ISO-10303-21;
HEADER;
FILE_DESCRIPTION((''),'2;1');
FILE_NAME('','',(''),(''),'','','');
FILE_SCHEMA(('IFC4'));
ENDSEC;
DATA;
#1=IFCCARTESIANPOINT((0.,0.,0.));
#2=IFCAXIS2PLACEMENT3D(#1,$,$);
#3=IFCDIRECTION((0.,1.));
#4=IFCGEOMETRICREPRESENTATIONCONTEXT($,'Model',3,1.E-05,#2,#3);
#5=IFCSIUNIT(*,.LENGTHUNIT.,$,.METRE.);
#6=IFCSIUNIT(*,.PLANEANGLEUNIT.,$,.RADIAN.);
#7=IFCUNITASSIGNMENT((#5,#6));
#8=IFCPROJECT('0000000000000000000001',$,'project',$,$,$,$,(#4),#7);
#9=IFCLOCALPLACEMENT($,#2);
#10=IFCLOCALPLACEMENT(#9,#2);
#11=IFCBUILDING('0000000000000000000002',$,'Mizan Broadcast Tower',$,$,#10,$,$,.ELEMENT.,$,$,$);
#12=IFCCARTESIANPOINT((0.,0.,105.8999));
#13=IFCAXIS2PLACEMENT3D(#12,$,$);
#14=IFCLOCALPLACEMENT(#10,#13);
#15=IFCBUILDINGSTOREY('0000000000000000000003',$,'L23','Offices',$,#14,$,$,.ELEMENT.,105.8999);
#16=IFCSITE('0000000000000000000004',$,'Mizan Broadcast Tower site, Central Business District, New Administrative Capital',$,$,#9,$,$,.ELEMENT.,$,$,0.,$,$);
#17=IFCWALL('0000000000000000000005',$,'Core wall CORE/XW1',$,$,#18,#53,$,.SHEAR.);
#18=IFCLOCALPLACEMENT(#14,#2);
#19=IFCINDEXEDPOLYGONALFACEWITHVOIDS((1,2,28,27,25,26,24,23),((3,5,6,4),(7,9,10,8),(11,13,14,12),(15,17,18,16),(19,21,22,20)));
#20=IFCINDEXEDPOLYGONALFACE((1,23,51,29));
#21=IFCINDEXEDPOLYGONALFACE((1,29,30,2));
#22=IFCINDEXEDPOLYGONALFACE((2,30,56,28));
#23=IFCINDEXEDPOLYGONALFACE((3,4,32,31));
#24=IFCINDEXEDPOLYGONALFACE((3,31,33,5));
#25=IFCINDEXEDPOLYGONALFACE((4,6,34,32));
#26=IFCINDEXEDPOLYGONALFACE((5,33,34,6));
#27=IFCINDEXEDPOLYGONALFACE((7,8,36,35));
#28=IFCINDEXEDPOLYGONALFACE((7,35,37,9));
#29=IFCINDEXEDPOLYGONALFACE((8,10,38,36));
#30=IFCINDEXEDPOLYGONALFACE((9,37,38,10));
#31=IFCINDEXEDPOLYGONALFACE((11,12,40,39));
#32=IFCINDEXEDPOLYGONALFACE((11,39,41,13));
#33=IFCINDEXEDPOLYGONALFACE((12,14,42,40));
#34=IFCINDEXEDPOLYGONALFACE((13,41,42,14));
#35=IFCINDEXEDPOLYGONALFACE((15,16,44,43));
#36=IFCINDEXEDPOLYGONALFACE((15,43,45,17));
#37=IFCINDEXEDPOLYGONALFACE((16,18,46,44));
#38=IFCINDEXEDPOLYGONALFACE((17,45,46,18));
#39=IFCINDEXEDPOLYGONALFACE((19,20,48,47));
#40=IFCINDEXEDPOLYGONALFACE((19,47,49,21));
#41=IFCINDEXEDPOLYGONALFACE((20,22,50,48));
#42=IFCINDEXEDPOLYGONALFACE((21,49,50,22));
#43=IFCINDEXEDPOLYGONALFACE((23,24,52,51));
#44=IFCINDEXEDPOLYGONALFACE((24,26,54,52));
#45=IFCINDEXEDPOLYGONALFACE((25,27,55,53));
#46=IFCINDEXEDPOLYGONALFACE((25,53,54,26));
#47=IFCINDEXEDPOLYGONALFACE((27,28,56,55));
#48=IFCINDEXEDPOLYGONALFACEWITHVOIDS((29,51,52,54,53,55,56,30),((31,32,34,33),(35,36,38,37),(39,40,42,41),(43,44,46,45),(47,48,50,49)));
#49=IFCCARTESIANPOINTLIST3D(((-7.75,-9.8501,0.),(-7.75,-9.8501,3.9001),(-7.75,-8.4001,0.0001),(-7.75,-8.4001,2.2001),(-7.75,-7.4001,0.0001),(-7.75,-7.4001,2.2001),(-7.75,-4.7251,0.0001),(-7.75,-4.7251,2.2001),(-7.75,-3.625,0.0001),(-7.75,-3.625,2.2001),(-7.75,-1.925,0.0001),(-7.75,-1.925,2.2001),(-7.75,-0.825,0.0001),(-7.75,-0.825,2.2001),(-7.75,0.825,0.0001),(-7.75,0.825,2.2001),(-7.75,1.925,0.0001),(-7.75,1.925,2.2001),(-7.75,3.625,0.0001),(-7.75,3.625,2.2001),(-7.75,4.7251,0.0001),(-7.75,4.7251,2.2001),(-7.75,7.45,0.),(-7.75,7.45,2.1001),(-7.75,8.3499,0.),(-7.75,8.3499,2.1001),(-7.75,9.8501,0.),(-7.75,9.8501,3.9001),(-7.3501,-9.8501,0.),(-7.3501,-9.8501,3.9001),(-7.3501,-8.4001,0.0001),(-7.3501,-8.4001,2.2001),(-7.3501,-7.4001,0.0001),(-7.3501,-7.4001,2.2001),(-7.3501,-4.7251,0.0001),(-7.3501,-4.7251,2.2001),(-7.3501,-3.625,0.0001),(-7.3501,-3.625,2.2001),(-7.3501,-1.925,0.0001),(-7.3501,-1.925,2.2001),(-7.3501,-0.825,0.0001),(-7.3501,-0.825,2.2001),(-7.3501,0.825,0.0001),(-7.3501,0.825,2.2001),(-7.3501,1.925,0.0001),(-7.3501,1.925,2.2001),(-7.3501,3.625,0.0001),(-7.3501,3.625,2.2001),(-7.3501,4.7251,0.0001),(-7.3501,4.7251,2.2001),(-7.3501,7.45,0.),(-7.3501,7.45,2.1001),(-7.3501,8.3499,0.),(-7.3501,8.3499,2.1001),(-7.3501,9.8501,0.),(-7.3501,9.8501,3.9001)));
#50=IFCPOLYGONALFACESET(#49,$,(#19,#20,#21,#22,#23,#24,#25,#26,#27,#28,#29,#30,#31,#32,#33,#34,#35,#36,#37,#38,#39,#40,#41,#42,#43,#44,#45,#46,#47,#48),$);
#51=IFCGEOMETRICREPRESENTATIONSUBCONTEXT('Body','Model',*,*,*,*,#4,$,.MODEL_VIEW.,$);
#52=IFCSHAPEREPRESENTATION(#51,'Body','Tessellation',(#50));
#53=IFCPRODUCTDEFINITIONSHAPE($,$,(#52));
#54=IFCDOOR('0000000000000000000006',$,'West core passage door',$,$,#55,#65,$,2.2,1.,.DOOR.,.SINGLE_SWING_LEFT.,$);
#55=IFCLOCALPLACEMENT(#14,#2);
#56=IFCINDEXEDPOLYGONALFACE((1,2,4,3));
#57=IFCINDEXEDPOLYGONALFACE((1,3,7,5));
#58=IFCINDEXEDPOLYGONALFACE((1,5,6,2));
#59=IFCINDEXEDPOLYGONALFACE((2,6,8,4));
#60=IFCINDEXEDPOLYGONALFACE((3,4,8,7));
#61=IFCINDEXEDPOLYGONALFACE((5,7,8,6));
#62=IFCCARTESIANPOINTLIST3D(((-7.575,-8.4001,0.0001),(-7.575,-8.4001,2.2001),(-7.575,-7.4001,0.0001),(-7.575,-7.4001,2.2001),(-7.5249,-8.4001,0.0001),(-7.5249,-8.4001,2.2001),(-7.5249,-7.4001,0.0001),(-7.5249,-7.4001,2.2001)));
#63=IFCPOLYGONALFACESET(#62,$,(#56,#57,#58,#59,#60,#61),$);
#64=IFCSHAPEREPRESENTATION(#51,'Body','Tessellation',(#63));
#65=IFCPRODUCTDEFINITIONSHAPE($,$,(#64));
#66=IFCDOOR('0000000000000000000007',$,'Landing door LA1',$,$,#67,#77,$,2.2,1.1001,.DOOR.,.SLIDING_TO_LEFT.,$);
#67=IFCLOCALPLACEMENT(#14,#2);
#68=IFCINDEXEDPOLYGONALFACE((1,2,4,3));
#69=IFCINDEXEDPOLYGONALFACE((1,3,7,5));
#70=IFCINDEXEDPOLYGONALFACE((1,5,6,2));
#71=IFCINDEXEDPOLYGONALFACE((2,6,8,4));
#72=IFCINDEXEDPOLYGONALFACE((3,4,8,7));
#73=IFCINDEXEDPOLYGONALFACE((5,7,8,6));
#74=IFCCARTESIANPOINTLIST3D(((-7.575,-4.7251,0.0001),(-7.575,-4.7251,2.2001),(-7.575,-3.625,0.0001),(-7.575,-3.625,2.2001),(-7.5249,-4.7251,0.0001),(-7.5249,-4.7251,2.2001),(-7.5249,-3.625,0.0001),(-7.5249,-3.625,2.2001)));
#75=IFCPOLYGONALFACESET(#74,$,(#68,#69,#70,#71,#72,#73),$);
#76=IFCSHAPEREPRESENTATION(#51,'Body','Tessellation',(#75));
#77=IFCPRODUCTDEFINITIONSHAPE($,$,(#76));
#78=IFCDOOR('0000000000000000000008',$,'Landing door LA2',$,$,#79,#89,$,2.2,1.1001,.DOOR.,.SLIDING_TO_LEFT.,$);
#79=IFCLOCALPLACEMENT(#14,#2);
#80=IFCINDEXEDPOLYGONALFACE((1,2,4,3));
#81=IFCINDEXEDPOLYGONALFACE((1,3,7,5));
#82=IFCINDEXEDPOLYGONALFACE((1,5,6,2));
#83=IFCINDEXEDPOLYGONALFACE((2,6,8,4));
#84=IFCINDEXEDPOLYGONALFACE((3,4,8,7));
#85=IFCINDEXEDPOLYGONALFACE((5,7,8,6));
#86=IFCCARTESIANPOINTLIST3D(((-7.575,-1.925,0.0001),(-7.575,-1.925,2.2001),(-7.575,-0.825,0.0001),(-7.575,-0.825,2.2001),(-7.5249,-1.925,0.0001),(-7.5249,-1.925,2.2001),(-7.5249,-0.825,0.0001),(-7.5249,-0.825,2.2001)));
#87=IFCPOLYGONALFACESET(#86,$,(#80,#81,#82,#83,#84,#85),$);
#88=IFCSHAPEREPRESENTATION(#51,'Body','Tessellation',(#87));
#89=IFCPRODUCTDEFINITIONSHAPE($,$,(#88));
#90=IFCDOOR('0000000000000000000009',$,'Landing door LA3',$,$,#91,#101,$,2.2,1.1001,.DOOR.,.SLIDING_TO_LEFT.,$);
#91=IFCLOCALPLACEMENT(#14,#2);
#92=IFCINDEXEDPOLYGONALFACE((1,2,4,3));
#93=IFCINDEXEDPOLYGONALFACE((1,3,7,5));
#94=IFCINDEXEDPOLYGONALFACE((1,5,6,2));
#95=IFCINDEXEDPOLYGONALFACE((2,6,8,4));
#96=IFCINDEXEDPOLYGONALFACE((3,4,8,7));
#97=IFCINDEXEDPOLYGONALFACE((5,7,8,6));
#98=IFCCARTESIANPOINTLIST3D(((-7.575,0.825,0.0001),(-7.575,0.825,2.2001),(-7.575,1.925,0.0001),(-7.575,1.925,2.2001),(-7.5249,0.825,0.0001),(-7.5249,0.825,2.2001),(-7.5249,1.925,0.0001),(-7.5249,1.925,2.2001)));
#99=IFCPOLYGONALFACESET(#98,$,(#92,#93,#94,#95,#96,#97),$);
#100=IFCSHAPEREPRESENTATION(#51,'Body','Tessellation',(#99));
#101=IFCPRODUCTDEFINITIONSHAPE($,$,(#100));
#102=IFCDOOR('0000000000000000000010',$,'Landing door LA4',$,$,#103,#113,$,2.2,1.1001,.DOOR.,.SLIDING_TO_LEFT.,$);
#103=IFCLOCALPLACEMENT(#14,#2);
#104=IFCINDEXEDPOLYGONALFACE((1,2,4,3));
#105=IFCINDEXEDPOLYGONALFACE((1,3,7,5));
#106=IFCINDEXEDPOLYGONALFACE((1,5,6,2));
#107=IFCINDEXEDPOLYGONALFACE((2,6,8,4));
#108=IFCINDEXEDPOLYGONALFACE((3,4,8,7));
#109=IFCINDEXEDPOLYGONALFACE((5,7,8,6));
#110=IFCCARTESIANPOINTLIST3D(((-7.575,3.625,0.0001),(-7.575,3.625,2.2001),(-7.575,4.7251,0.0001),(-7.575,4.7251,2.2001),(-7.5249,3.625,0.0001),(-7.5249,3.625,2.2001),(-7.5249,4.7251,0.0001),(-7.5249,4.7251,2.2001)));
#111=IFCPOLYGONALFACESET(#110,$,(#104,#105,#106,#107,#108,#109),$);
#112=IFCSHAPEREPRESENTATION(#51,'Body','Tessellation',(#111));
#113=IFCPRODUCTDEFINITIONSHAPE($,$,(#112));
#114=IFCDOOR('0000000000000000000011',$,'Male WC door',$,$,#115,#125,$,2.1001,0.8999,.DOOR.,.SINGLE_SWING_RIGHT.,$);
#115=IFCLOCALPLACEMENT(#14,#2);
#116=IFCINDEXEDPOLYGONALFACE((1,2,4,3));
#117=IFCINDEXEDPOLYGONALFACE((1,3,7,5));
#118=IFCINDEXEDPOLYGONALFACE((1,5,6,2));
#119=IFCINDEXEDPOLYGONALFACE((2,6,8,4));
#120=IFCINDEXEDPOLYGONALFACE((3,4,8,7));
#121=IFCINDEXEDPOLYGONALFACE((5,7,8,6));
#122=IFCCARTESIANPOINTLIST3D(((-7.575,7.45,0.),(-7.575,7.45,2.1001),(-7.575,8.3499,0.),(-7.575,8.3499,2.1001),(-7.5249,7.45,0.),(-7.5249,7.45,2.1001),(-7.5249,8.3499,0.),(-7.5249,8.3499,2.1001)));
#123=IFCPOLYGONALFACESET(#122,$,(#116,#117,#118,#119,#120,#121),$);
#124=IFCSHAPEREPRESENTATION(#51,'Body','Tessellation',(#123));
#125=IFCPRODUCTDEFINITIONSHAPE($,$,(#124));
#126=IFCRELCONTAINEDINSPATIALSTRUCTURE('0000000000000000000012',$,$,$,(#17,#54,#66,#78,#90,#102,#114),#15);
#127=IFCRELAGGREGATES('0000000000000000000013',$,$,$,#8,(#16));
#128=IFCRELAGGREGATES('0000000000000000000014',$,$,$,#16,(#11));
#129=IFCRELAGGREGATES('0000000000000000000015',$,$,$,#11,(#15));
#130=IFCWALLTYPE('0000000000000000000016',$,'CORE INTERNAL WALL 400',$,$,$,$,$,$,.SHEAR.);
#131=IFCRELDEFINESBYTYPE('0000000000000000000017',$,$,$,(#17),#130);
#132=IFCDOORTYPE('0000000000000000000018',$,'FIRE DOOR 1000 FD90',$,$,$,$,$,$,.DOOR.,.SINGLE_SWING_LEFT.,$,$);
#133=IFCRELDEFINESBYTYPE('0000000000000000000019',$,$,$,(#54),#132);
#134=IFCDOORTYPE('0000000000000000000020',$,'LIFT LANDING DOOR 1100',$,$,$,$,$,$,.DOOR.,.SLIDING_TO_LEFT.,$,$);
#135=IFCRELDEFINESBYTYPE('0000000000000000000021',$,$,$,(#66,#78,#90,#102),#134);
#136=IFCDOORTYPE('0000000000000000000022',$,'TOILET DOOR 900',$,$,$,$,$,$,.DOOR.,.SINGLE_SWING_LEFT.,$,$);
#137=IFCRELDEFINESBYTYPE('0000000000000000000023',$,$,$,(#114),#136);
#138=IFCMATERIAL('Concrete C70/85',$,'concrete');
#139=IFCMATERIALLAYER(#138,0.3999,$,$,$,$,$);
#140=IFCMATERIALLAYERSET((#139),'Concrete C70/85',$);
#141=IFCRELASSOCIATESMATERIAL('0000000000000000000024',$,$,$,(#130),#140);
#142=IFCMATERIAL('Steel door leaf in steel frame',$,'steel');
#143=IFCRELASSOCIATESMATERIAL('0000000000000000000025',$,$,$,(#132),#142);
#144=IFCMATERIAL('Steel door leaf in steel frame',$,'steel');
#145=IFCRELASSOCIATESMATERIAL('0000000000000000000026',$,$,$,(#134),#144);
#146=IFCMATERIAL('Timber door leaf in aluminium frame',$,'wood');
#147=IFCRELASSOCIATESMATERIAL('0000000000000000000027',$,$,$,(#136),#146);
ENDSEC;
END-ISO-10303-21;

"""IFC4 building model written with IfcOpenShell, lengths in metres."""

from ifc_helpers import new_model, si_unit, direction, frame, frame_2d, origin, place, context, subcontext, project, spatial, rectangle, extrude, material, layer, layer_set, type_object, element, fill, save


model = new_model("IFC4")

# Units and contexts
model_context = context("Model", 3, precision=1e-05, world=origin(), true_north=direction((0.0, 1.0)))
body_context = subcontext(model_context, "Body", "Model", "MODEL_VIEW")
ifc_project = project(units=[si_unit("LENGTHUNIT", "METRE"), si_unit("PLANEANGLEUNIT", "RADIAN")], contexts=[model_context])

# Site, building, storey
site_placement = place(None, origin())
site = spatial("IfcSite", under=ifc_project, at=site_placement, Name="Mizan Broadcast Tower site, Central Business District, New Administrative Capital", CompositionType="ELEMENT", RefElevation=0.0)
building_placement = place(site_placement, origin())
building = spatial("IfcBuilding", under=site, at=building_placement, Name="Mizan Broadcast Tower", CompositionType="ELEMENT")
storey_placement = place(building_placement, frame((0.0, 0.0, 105.8999)))
storey = spatial("IfcBuildingStorey", under=building, at=storey_placement, Name="L23", Description="Offices", CompositionType="ELEMENT", Elevation=105.8999)

# Wall, openings, doors
ifc_material_1 = material(Name="Concrete C70/85", Category="concrete")
ifc_layer_1 = layer(ifc_material_1, 0.3999)
ifc_layer_set_1 = layer_set([ifc_layer_1], Name="Concrete C70/85")
wall_type_1 = type_object("IfcWallType", Name="CORE INTERNAL WALL 400", PredefinedType="SHEAR", material=ifc_layer_set_1)
wall_1_placement = place(storey_placement, frame((-7.55, -9.8501, 0.0), z_axis=(0.0, 0.0, 1.0), x_axis=(0.0, 1.0, 0.0)))
wall_1 = element("IfcWall", 1, at=wall_1_placement, inside=storey, type_object=wall_type_1, Name="Core wall CORE/XW1", PredefinedType="SHEAR", context=body_context, shape_type="SweptSolid", body=[
    extrude(rectangle(XDim=19.7002, YDim=0.3999, at=frame_2d((9.8501, 0.0))), origin(), (0.0, 0.0, 1.0), 3.9001),
])
opening_1_placement = place(wall_1_placement, frame((1.45, 0.0, 0.0)))
opening_1 = element("IfcOpeningElement", 2, at=opening_1_placement, cuts=wall_1, PredefinedType="OPENING", context=body_context, shape_type="SweptSolid", body=[
    extrude(rectangle(XDim=1.0, YDim=2.2, at=frame_2d((0.5, 1.1001))), frame((0.0, 0.21, 0.0), z_axis=(0.0, -1.0, 0.0), x_axis=(1.0, 0.0, 0.0)), (0.0, 0.0, 1.0), 0.4199),
])
opening_2_placement = place(wall_1_placement, frame((17.3, 0.0, 0.0)))
opening_2 = element("IfcOpeningElement", 3, at=opening_2_placement, cuts=wall_1, PredefinedType="OPENING", context=body_context, shape_type="SweptSolid", body=[
    extrude(rectangle(XDim=0.8999, YDim=2.1001, at=frame_2d((0.45, 1.05))), frame((0.0, 0.21, 0.0), z_axis=(0.0, -1.0, 0.0), x_axis=(1.0, 0.0, 0.0)), (0.0, 0.0, 1.0), 0.4199),
])
opening_3_placement = place(wall_1_placement, frame((5.125, 0.0, 0.0)))
opening_3 = element("IfcOpeningElement", 4, at=opening_3_placement, cuts=wall_1, PredefinedType="OPENING", context=body_context, shape_type="SweptSolid", body=[
    extrude(rectangle(XDim=1.1001, YDim=2.2, at=frame_2d((0.55, 1.1001))), frame((0.0, 0.21, 0.0), z_axis=(0.0, -1.0, 0.0), x_axis=(1.0, 0.0, 0.0)), (0.0, 0.0, 1.0), 0.4199),
])
opening_4_placement = place(wall_1_placement, frame((7.925, 0.0, 0.0)))
opening_4 = element("IfcOpeningElement", 5, at=opening_4_placement, cuts=wall_1, PredefinedType="OPENING", context=body_context, shape_type="SweptSolid", body=[
    extrude(rectangle(XDim=1.1001, YDim=2.2, at=frame_2d((0.55, 1.1001))), frame((0.0, 0.21, 0.0), z_axis=(0.0, -1.0, 0.0), x_axis=(1.0, 0.0, 0.0)), (0.0, 0.0, 1.0), 0.4199),
])
opening_5_placement = place(wall_1_placement, frame((10.675, 0.0, 0.0)))
opening_5 = element("IfcOpeningElement", 6, at=opening_5_placement, cuts=wall_1, PredefinedType="OPENING", context=body_context, shape_type="SweptSolid", body=[
    extrude(rectangle(XDim=1.1001, YDim=2.2, at=frame_2d((0.55, 1.1001))), frame((0.0, 0.21, 0.0), z_axis=(0.0, -1.0, 0.0), x_axis=(1.0, 0.0, 0.0)), (0.0, 0.0, 1.0), 0.4199),
])
opening_6_placement = place(wall_1_placement, frame((13.4751, 0.0, 0.0)))
opening_6 = element("IfcOpeningElement", 7, at=opening_6_placement, cuts=wall_1, PredefinedType="OPENING", context=body_context, shape_type="SweptSolid", body=[
    extrude(rectangle(XDim=1.1001, YDim=2.2, at=frame_2d((0.55, 1.1001))), frame((0.0, 0.21, 0.0), z_axis=(0.0, -1.0, 0.0), x_axis=(1.0, 0.0, 0.0)), (0.0, 0.0, 1.0), 0.4199),
])
ifc_material_2 = material(Name="Steel door leaf in steel frame", Category="steel")
door_type_1 = type_object("IfcDoorType", Name="FIRE DOOR 1000 FD90", OperationType="SINGLE_SWING_LEFT", PredefinedType="DOOR", material=ifc_material_2)
door_1_placement = place(opening_1_placement, origin())
door_1 = element("IfcDoor", 8, at=door_1_placement, inside=storey, type_object=door_type_1, Name="West core passage door", OperationType="SINGLE_SWING_LEFT", OverallHeight=2.2, OverallWidth=1.0, PredefinedType="DOOR", context=body_context, shape_type="SweptSolid", body=[
    extrude(rectangle(XDim=1.0, YDim=2.2, at=frame_2d((0.5, 1.1001))), frame((0.0, 0.0249, 0.0), z_axis=(0.0, -1.0, 0.0), x_axis=(1.0, 0.0, 0.0)), (0.0, 0.0, 1.0), 0.05),
])
fill(opening_1, door_1)
ifc_material_3 = material(Name="Steel door leaf in steel frame", Category="steel")
door_type_2 = type_object("IfcDoorType", Name="LIFT LANDING DOOR 1100", OperationType="SLIDING_TO_LEFT", PredefinedType="DOOR", material=ifc_material_3)
door_2_placement = place(opening_3_placement, origin())
door_2 = element("IfcDoor", 9, at=door_2_placement, inside=storey, type_object=door_type_2, Name="Landing door LA1", OperationType="SLIDING_TO_LEFT", OverallHeight=2.2, OverallWidth=1.1001, PredefinedType="DOOR", context=body_context, shape_type="SweptSolid", body=[
    extrude(rectangle(XDim=1.1001, YDim=2.2, at=frame_2d((0.55, 1.1001))), frame((0.0, 0.0249, 0.0), z_axis=(0.0, -1.0, 0.0), x_axis=(1.0, 0.0, 0.0)), (0.0, 0.0, 1.0), 0.05),
])
fill(opening_3, door_2)
door_3_placement = place(opening_4_placement, origin())
door_3 = element("IfcDoor", 10, at=door_3_placement, inside=storey, type_object=door_type_2, Name="Landing door LA2", OperationType="SLIDING_TO_LEFT", OverallHeight=2.2, OverallWidth=1.1001, PredefinedType="DOOR", context=body_context, shape_type="SweptSolid", body=[
    extrude(rectangle(XDim=1.1001, YDim=2.2, at=frame_2d((0.55, 1.1001))), frame((0.0, 0.0249, 0.0), z_axis=(0.0, -1.0, 0.0), x_axis=(1.0, 0.0, 0.0)), (0.0, 0.0, 1.0), 0.05),
])
fill(opening_4, door_3)
door_4_placement = place(opening_5_placement, origin())
door_4 = element("IfcDoor", 11, at=door_4_placement, inside=storey, type_object=door_type_2, Name="Landing door LA3", OperationType="SLIDING_TO_LEFT", OverallHeight=2.2, OverallWidth=1.1001, PredefinedType="DOOR", context=body_context, shape_type="SweptSolid", body=[
    extrude(rectangle(XDim=1.1001, YDim=2.2, at=frame_2d((0.55, 1.1001))), frame((0.0, 0.0249, 0.0), z_axis=(0.0, -1.0, 0.0), x_axis=(1.0, 0.0, 0.0)), (0.0, 0.0, 1.0), 0.05),
])
fill(opening_5, door_4)
door_5_placement = place(opening_6_placement, origin())
door_5 = element("IfcDoor", 12, at=door_5_placement, inside=storey, type_object=door_type_2, Name="Landing door LA4", OperationType="SLIDING_TO_LEFT", OverallHeight=2.2, OverallWidth=1.1001, PredefinedType="DOOR", context=body_context, shape_type="SweptSolid", body=[
    extrude(rectangle(XDim=1.1001, YDim=2.2, at=frame_2d((0.55, 1.1001))), frame((0.0, 0.0249, 0.0), z_axis=(0.0, -1.0, 0.0), x_axis=(1.0, 0.0, 0.0)), (0.0, 0.0, 1.0), 0.05),
])
fill(opening_6, door_5)
ifc_material_4 = material(Name="Timber door leaf in aluminium frame", Category="wood")
door_type_3 = type_object("IfcDoorType", Name="TOILET DOOR 900", OperationType="SINGLE_SWING_LEFT", PredefinedType="DOOR", material=ifc_material_4)
door_6_placement = place(opening_2_placement, origin())
door_6 = element("IfcDoor", 13, at=door_6_placement, inside=storey, type_object=door_type_3, Name="Male WC door", OperationType="SINGLE_SWING_RIGHT", OverallHeight=2.1001, OverallWidth=0.8999, PredefinedType="DOOR", context=body_context, shape_type="SweptSolid", body=[
    extrude(rectangle(XDim=0.8999, YDim=2.1001, at=frame_2d((0.45, 1.05))), frame((0.0, 0.0249, 0.0), z_axis=(0.0, -1.0, 0.0), x_axis=(1.0, 0.0, 0.0)), (0.0, 0.0, 1.0), 0.05),
])
fill(opening_2, door_6)

save(model, "model.ifc")
